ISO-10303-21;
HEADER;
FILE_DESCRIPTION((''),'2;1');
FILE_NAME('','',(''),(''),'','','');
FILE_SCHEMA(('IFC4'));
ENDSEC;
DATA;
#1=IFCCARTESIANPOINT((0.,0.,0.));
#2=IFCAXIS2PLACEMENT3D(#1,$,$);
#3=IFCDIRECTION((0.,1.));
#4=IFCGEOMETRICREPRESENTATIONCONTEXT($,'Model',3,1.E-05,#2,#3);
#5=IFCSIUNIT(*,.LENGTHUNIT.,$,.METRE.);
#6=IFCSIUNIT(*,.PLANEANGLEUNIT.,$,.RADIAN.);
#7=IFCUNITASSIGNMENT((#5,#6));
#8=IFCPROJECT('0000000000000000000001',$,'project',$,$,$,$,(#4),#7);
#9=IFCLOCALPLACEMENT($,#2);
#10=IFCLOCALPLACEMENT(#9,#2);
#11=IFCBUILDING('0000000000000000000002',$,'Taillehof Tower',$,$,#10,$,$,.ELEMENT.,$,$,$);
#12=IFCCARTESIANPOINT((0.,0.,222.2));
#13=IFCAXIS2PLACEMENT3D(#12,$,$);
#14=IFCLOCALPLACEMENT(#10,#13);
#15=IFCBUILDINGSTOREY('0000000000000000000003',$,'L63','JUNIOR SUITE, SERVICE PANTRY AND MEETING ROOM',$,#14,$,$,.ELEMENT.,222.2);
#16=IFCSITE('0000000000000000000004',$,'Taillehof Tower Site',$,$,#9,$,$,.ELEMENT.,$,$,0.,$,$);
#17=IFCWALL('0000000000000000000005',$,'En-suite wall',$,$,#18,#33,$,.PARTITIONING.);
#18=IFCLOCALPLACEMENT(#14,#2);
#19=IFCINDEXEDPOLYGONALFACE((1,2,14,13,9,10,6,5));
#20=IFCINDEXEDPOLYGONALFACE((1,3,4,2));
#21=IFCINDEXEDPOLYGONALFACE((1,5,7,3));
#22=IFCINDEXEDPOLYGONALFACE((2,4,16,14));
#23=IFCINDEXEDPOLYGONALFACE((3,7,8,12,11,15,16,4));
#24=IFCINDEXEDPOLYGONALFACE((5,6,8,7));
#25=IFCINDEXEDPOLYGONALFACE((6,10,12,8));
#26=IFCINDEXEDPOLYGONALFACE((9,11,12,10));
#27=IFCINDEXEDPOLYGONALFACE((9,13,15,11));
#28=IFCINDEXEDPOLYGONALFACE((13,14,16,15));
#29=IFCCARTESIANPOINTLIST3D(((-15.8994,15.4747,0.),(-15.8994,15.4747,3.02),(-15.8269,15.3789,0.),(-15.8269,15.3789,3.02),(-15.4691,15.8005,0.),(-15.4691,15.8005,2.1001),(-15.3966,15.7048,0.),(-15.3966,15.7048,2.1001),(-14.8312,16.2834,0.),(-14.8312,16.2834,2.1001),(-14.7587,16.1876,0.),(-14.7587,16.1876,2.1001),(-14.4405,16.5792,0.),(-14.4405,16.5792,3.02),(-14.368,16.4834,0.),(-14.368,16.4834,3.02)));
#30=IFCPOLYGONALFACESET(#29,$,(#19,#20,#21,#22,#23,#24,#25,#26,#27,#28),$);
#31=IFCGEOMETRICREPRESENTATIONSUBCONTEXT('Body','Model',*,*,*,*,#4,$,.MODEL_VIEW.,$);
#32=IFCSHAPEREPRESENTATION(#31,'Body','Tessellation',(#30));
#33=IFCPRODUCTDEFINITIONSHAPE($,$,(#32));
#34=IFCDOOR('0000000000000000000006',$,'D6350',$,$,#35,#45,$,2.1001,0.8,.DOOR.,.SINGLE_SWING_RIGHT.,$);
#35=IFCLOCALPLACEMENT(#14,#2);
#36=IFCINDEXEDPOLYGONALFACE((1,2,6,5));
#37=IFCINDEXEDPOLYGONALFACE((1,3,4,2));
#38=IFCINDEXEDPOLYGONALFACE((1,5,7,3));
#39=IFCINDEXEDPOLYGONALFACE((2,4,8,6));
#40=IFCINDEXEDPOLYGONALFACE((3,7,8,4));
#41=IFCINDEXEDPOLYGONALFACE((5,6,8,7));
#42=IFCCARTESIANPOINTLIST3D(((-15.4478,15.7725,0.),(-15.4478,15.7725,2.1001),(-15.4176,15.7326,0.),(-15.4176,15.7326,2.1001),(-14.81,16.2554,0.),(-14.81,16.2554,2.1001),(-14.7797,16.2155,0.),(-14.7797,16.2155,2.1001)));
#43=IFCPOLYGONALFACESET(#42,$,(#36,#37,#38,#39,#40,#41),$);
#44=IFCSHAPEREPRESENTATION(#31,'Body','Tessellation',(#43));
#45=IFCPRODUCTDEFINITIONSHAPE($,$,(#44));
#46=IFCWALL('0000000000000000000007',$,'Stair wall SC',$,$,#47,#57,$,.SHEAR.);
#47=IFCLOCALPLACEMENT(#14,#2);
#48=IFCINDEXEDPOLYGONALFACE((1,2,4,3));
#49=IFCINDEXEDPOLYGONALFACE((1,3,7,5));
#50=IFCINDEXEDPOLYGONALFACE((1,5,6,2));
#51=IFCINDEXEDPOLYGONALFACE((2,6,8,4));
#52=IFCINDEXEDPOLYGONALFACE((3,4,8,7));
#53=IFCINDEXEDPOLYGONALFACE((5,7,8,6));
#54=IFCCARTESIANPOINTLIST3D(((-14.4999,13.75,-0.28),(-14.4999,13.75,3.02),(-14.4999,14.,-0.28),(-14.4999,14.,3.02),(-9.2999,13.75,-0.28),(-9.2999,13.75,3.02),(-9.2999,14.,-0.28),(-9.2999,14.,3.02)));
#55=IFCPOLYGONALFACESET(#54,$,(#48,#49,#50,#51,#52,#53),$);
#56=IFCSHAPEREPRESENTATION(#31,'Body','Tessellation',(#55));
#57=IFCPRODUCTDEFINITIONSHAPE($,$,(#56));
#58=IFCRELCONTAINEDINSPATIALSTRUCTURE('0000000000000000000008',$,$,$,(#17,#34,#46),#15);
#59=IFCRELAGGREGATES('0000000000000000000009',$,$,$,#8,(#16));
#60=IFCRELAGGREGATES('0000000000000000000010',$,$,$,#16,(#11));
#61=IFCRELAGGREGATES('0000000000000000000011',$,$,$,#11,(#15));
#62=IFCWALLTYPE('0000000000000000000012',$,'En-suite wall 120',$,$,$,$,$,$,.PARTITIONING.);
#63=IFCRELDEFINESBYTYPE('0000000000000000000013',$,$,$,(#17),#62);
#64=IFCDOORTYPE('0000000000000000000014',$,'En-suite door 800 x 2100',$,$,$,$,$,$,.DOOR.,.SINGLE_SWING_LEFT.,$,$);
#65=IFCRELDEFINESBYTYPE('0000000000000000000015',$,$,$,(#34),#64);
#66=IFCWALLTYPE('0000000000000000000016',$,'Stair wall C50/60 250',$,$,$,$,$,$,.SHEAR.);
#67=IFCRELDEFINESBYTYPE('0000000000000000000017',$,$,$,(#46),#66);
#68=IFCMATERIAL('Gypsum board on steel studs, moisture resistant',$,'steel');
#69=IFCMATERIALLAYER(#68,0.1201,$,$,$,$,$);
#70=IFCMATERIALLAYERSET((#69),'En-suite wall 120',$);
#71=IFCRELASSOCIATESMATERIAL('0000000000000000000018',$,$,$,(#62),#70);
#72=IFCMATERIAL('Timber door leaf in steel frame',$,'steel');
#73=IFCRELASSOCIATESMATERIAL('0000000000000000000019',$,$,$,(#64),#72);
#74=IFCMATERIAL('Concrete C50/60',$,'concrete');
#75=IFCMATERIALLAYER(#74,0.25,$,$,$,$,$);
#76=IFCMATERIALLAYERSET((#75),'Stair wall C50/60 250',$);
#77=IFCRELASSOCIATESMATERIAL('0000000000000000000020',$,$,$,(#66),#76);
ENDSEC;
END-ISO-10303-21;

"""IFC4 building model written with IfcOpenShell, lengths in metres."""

from ifc_helpers import new_model, si_unit, direction, frame, frame_2d, origin, place, context, subcontext, project, spatial, rectangle, extrude, material, layer, layer_set, type_object, element, fill, save


model = new_model("IFC4")

# Units and contexts
model_context = context("Model", 3, precision=1e-05, world=origin(), true_north=direction((0.0, 1.0)))
body_context = subcontext(model_context, "Body", "Model", "MODEL_VIEW")
ifc_project = project(units=[si_unit("LENGTHUNIT", "METRE"), si_unit("PLANEANGLEUNIT", "RADIAN")], contexts=[model_context])

# Site, building, storey
site_placement = place(None, origin())
site = spatial("IfcSite", under=ifc_project, at=site_placement, Name="Taillehof Tower Site", CompositionType="ELEMENT", RefElevation=0.0)
building_placement = place(site_placement, origin())
building = spatial("IfcBuilding", under=site, at=building_placement, Name="Taillehof Tower", CompositionType="ELEMENT")
storey_placement = place(building_placement, frame((0.0, 0.0, 222.2)))
storey = spatial("IfcBuildingStorey", under=building, at=storey_placement, Name="L63", Description="JUNIOR SUITE, SERVICE PANTRY AND MEETING ROOM", CompositionType="ELEMENT", Elevation=222.2)

# Shared definitions
ifc_material_1 = material(Name="Gypsum board on steel studs, moisture resistant", Category="steel")
ifc_layer_1 = layer(ifc_material_1, 0.1201)
ifc_layer_set_1 = layer_set([ifc_layer_1], Name="En-suite wall 120")
wall_type_1 = type_object("IfcWallType", Name="En-suite wall 120", PredefinedType="PARTITIONING", material=ifc_layer_set_1)

# Wall, opening, door
wall_1_placement = place(storey_placement, frame((-15.8633, 15.4268, 0.0), z_axis=(0.0, 0.0, 1.0), x_axis=(0.797302, 0.60358, 0.0)))
wall_1 = element("IfcWall", 1, at=wall_1_placement, inside=storey, type_object=wall_type_1, Name="En-suite wall", PredefinedType="PARTITIONING", context=body_context, shape_type="SweptSolid", body=[
    extrude(rectangle(XDim=1.8298, YDim=0.1201, at=frame_2d((0.915, 0.0))), origin(), (0.0, 0.0, 1.0), 3.02),
])
opening_1_placement = place(wall_1_placement, frame((0.54, 0.0, 0.0)))
opening_1 = element("IfcOpeningElement", 2, at=opening_1_placement, cuts=wall_1, PredefinedType="OPENING", context=body_context, shape_type="SweptSolid", body=[
    extrude(rectangle(XDim=0.8, YDim=2.1001, at=frame_2d((0.3999, 1.05))), frame((0.0, 0.0701, 0.0), z_axis=(0.0, -1.0, 0.0), x_axis=(1.0, 0.0, 0.0)), (0.0, 0.0, 1.0), 0.1401),
])
ifc_material_2 = material(Name="Timber door leaf in steel frame", Category="steel")
door_type = type_object("IfcDoorType", Name="En-suite door 800 x 2100", OperationType="SINGLE_SWING_LEFT", PredefinedType="DOOR", material=ifc_material_2)
door_placement = place(opening_1_placement, origin())
door = element("IfcDoor", 3, at=door_placement, inside=storey, type_object=door_type, Name="D6350", OperationType="SINGLE_SWING_RIGHT", OverallHeight=2.1001, OverallWidth=0.8, PredefinedType="DOOR", context=body_context, shape_type="SweptSolid", body=[
    extrude(rectangle(XDim=0.8, YDim=2.1001, at=frame_2d((0.3999, 1.05))), frame((0.0, 0.0249, 0.0), z_axis=(0.0, -1.0, 0.0), x_axis=(1.0, 0.0, 0.0)), (0.0, 0.0, 1.0), 0.05),
])
fill(opening_1, door)

# Wall
ifc_material_3 = material(Name="Concrete C50/60", Category="concrete")
ifc_layer_2 = layer(ifc_material_3, 0.25)
ifc_layer_set_2 = layer_set([ifc_layer_2], Name="Stair wall C50/60 250")
wall_type_2 = type_object("IfcWallType", Name="Stair wall C50/60 250", PredefinedType="SHEAR", material=ifc_layer_set_2)
wall_2_placement = place(storey_placement, frame((-14.5, 13.875, -0.28), z_axis=(0.0, 0.0, 1.0), x_axis=(1.0, 0.0, 0.0)))
element("IfcWall", 4, at=wall_2_placement, inside=storey, type_object=wall_type_2, Name="Stair wall SC", PredefinedType="SHEAR", context=body_context, shape_type="SweptSolid", body=[
    extrude(rectangle(XDim=5.2, YDim=0.25, at=frame_2d((2.6001, 0.0))), origin(), (0.0, 0.0, 1.0), 3.3),
])

save(model, "model.ifc")
